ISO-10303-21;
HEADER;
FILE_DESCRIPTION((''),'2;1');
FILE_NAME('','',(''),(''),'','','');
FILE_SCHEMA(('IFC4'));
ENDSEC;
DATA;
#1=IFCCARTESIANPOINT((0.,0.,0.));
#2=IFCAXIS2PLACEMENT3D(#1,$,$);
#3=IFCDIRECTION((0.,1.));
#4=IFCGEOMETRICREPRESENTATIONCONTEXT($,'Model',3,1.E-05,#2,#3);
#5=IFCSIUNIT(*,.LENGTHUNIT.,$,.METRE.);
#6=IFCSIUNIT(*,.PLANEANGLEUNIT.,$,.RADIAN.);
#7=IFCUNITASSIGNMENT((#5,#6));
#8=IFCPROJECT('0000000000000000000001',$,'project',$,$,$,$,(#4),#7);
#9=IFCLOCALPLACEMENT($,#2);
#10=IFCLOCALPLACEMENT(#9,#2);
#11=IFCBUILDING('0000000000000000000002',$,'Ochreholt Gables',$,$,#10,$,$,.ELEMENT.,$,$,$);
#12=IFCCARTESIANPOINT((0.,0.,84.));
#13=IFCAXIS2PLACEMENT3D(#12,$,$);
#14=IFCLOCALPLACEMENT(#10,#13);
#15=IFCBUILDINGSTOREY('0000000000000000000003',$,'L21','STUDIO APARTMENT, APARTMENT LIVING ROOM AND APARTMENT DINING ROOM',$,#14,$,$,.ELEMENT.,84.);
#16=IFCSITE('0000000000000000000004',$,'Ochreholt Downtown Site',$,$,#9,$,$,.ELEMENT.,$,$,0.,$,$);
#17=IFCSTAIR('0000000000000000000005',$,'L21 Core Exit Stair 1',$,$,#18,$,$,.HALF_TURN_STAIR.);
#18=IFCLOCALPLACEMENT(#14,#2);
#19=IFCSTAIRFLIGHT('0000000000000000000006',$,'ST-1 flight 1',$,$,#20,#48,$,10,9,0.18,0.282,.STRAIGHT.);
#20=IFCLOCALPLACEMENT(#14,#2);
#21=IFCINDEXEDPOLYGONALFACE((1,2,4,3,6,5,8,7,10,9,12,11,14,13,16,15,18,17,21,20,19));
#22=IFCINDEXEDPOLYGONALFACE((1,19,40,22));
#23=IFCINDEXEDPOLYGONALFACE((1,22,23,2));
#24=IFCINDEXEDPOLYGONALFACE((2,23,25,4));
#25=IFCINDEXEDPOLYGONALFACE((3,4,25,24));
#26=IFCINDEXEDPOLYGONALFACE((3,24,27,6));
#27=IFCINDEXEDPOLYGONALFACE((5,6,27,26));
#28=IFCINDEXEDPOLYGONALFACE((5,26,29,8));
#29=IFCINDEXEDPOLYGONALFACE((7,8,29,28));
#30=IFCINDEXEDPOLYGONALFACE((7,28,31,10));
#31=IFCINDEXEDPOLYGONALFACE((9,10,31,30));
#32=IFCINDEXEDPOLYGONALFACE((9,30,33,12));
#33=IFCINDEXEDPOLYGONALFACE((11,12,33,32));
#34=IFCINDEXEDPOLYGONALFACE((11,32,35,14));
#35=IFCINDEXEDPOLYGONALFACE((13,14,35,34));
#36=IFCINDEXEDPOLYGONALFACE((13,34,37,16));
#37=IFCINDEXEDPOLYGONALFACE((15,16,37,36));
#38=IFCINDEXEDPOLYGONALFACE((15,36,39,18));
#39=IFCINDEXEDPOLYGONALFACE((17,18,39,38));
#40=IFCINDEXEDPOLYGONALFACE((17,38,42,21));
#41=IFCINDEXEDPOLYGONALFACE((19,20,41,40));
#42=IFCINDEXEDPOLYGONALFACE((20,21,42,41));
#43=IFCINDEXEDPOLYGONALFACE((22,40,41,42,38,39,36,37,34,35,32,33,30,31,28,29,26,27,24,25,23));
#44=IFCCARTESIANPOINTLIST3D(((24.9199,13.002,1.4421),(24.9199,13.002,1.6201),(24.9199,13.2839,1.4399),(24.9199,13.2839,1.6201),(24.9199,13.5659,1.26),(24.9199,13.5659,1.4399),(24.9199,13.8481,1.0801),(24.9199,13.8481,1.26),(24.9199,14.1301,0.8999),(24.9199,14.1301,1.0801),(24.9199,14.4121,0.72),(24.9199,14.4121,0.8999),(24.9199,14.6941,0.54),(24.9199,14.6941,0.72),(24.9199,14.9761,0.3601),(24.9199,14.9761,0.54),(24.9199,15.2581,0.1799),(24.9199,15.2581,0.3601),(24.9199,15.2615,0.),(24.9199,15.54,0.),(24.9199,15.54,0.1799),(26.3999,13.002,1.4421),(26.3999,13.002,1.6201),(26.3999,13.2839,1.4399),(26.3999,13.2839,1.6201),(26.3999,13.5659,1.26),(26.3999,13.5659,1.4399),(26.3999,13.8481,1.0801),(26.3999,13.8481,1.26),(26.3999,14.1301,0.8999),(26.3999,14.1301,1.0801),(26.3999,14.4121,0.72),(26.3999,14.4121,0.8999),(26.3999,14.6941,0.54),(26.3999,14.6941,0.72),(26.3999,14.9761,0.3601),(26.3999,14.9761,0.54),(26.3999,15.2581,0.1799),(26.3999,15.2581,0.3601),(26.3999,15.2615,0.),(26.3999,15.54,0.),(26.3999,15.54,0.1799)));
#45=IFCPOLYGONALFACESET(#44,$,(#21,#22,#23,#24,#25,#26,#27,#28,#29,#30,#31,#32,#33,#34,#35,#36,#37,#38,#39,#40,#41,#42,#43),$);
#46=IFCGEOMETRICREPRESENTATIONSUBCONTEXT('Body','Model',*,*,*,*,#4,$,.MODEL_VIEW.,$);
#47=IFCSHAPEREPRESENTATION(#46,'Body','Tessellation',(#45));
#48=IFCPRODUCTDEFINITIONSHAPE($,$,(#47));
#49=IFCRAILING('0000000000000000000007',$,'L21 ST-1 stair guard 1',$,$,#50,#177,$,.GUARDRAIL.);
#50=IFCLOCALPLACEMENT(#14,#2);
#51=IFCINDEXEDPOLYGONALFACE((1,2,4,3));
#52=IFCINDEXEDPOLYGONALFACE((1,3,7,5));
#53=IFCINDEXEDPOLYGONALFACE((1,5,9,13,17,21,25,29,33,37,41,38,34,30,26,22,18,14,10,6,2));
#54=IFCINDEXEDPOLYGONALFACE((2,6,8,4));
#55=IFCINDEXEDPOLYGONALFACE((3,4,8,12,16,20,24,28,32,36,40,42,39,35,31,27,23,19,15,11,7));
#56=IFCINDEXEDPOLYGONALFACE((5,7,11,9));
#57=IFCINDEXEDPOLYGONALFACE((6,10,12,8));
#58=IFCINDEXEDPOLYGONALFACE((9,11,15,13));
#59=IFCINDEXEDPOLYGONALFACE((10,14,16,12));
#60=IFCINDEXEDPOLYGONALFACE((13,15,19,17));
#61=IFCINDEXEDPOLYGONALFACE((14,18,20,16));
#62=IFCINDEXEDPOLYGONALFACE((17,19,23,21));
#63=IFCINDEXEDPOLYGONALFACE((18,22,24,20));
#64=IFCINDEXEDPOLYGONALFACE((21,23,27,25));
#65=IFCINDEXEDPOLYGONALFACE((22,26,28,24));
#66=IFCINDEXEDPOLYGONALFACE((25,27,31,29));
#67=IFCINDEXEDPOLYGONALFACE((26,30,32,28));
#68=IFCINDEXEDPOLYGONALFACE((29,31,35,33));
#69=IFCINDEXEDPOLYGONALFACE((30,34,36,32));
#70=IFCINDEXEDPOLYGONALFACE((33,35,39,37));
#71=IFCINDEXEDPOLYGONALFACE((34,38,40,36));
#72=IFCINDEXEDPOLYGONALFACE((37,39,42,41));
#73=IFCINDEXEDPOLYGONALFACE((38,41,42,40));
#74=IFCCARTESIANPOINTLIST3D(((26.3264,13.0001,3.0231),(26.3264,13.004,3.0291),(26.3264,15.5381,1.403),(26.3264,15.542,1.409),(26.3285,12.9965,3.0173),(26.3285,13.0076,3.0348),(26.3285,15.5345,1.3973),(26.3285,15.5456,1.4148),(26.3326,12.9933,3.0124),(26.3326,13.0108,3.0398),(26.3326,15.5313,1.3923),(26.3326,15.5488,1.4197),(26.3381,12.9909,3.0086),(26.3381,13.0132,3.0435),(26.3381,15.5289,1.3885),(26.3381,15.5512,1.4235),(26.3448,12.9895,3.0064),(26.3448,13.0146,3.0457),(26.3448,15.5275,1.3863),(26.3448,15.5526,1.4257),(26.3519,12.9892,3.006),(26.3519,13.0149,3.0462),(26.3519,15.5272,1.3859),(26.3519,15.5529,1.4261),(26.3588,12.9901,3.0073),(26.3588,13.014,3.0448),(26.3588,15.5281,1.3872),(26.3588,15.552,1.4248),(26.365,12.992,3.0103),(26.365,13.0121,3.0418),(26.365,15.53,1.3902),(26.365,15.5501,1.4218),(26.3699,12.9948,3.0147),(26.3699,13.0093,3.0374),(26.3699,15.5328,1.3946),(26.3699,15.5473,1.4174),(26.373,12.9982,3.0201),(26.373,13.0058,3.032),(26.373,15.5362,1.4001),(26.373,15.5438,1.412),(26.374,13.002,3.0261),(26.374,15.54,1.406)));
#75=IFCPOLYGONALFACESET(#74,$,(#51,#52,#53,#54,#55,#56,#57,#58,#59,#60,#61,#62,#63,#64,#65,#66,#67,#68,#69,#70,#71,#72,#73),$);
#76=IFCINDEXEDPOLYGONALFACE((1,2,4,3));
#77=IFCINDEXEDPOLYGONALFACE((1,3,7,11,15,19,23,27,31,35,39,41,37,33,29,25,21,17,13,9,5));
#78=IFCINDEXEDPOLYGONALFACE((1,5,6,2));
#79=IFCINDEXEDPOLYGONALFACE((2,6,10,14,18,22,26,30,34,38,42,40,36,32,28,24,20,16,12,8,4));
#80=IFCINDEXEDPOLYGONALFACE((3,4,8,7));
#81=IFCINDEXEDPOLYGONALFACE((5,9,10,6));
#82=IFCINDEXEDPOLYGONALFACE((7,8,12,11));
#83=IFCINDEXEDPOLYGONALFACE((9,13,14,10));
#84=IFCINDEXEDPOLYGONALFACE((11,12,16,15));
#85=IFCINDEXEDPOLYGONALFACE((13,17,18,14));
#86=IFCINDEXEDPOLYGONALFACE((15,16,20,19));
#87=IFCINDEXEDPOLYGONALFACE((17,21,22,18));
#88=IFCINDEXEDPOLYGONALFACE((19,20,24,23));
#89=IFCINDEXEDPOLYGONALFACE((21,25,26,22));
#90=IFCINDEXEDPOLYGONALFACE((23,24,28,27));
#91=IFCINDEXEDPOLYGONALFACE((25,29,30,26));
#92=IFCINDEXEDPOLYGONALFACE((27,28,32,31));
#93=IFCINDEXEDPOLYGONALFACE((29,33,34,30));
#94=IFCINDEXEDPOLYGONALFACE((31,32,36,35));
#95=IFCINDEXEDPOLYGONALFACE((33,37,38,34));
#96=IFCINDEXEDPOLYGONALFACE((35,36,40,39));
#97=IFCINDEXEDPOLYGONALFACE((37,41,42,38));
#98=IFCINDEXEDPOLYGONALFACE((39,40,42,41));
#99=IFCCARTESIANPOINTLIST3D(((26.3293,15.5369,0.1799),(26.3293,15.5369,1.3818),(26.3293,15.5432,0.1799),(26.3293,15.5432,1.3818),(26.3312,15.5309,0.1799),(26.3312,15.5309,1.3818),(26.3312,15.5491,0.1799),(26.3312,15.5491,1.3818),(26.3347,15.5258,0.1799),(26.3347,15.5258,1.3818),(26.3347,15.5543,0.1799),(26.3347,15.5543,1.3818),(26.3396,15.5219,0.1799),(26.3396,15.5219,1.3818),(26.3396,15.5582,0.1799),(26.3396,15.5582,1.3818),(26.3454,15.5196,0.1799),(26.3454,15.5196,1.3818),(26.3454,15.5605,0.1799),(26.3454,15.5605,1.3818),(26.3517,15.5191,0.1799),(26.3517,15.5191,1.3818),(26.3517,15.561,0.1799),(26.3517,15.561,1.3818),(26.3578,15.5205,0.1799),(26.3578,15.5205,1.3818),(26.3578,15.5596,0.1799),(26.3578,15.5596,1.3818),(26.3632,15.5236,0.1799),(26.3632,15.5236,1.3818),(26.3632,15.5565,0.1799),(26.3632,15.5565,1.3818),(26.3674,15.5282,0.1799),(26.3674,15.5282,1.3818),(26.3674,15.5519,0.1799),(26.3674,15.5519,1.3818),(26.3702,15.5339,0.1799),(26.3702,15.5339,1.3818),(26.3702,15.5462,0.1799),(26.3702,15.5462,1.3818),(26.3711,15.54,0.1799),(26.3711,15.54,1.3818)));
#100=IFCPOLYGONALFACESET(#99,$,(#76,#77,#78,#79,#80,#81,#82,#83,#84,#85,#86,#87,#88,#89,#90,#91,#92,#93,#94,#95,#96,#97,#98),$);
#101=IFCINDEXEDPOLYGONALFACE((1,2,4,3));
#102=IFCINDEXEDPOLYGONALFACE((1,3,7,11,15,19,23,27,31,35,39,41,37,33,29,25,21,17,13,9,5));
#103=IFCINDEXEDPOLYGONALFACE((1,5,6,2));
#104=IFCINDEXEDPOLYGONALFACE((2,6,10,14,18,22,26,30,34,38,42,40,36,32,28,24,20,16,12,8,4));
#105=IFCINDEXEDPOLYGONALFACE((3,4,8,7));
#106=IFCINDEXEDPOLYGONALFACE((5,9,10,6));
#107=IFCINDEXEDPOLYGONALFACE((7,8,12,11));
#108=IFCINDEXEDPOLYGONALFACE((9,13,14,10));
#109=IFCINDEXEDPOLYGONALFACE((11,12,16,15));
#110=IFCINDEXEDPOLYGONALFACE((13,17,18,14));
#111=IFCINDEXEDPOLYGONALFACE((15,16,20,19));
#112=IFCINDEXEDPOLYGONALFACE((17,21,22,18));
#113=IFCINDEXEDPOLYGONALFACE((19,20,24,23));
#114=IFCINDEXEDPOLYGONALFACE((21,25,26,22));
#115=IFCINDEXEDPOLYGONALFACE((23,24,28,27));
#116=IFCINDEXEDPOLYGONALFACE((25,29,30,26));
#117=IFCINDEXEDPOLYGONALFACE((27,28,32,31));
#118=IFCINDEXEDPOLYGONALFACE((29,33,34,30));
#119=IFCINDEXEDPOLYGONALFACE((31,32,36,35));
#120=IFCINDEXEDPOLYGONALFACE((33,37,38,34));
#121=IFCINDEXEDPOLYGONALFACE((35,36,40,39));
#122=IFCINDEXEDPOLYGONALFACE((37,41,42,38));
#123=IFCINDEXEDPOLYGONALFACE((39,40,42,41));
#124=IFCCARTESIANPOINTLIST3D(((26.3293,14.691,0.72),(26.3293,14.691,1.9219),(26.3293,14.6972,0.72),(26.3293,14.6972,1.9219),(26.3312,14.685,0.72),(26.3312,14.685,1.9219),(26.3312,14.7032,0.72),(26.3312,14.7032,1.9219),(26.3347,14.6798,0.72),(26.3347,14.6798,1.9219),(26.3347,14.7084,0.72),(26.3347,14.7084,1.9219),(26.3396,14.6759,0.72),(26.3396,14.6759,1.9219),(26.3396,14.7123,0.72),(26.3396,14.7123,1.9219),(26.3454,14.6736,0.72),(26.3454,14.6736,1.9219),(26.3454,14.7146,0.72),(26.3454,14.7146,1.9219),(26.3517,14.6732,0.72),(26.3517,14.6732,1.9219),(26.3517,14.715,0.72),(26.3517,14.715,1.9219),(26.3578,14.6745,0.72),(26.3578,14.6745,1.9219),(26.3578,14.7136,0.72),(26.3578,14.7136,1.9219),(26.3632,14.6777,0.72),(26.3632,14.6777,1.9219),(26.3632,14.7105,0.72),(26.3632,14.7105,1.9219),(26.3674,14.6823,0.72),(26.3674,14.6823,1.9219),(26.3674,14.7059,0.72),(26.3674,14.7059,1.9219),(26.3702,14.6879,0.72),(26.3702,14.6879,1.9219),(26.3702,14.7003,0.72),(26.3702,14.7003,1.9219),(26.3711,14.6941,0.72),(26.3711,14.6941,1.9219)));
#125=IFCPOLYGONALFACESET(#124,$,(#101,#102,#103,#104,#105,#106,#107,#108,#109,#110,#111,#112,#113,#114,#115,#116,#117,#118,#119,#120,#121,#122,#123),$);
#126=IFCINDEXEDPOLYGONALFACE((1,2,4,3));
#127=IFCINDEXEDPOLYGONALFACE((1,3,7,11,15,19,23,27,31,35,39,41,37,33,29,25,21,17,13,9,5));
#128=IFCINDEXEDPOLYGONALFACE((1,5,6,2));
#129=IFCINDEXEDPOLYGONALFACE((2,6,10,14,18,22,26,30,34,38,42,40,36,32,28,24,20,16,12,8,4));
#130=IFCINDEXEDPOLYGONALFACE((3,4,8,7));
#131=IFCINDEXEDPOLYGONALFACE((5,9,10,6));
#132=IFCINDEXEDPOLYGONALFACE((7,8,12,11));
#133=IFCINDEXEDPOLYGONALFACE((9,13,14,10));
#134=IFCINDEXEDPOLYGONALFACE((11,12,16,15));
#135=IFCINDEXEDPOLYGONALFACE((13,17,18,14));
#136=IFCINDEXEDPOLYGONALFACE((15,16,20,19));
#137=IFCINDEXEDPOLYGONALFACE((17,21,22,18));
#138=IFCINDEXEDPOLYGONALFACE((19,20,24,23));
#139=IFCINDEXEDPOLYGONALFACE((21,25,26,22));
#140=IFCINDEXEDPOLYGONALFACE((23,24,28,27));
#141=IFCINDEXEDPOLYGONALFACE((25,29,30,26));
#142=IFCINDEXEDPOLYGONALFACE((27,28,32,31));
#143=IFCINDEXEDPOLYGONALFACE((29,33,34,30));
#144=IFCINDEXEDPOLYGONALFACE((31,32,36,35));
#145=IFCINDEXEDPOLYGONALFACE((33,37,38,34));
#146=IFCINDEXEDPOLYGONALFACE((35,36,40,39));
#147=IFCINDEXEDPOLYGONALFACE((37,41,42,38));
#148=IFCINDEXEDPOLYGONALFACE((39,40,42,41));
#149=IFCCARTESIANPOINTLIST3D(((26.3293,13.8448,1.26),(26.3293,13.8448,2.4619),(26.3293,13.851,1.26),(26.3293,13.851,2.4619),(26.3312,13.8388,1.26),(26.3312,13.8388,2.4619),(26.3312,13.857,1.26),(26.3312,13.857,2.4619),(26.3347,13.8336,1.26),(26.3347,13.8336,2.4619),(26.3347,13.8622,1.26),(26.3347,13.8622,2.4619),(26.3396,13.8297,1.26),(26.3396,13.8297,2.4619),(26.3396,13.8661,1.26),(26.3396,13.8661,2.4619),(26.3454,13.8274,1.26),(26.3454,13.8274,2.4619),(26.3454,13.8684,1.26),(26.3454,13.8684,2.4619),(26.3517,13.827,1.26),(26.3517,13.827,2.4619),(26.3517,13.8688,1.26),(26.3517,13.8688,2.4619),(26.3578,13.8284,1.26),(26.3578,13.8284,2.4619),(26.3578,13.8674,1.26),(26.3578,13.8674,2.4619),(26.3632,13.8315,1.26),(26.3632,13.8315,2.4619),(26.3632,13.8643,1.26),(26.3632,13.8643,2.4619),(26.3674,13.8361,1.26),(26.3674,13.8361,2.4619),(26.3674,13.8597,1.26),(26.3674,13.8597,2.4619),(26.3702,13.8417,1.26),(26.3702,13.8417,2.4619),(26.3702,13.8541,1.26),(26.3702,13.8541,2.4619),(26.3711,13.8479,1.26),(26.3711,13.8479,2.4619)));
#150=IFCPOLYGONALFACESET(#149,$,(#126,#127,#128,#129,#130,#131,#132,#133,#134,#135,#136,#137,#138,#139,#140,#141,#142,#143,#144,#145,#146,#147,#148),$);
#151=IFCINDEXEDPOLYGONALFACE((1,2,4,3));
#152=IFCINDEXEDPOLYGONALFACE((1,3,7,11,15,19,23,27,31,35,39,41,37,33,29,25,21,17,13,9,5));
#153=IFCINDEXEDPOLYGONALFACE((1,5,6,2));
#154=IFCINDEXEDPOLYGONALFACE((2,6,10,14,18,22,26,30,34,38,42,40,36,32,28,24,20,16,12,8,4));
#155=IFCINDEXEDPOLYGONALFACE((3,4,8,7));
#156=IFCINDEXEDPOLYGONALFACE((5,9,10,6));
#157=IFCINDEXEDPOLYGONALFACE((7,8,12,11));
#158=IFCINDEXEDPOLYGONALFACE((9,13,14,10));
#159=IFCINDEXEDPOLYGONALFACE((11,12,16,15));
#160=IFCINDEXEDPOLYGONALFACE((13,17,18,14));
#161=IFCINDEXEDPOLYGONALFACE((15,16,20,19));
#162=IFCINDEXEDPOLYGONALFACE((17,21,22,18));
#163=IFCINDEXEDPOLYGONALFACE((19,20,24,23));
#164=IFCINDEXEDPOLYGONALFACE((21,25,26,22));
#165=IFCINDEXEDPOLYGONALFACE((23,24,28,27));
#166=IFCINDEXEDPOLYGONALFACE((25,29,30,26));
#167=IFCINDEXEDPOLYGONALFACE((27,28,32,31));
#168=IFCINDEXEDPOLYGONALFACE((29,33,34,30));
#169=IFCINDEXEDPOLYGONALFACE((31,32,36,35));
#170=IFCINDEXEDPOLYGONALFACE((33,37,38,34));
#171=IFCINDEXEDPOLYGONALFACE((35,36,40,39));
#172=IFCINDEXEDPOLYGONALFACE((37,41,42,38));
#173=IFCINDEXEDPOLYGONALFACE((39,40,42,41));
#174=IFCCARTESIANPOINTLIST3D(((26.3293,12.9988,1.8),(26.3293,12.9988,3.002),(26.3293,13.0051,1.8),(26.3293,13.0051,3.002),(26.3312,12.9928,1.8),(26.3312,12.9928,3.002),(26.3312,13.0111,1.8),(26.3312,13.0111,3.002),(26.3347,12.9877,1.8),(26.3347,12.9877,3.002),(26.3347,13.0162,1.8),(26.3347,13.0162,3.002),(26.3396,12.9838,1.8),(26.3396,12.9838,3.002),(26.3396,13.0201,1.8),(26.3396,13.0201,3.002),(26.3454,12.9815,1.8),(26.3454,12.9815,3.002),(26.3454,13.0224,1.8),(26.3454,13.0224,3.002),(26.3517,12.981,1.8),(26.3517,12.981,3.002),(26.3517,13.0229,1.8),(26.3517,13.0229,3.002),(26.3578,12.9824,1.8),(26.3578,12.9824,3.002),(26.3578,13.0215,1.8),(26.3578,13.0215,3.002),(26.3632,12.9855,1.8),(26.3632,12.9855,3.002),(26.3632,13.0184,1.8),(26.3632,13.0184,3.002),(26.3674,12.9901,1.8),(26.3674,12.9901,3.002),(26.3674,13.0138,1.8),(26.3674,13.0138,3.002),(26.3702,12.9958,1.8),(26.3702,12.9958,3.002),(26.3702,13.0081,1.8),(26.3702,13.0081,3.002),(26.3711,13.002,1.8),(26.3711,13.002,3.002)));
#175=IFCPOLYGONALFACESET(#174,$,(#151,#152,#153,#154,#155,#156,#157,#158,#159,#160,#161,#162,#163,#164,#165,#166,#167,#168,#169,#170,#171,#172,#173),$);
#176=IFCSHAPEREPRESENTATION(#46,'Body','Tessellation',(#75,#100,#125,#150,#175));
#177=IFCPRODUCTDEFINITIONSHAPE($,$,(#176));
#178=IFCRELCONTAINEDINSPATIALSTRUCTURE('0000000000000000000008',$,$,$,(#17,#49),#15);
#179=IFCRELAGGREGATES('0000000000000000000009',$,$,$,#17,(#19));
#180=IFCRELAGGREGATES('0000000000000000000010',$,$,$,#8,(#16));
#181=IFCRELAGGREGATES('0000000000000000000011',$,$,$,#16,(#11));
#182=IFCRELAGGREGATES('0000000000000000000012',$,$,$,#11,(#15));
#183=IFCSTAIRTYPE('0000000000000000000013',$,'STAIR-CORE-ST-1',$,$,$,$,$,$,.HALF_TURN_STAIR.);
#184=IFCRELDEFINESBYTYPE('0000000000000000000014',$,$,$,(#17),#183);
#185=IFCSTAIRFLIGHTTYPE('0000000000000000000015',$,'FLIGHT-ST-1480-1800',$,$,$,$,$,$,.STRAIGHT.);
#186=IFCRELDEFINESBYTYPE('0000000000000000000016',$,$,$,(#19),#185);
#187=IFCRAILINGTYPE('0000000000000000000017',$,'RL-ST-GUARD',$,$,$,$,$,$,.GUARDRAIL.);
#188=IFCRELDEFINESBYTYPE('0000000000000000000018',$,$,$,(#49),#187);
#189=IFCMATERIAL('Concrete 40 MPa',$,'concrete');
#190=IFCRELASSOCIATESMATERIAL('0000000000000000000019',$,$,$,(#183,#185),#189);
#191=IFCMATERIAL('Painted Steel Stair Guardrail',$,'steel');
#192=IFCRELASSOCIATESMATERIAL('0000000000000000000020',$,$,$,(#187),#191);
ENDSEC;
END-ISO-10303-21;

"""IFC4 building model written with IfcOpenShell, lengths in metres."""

from ifc_helpers import new_model, si_unit, direction, frame, origin, origin_2d, place, context, subcontext, project, spatial, polyline, circle, outline, extrude, material, type_object, element, aggregate, save


model = new_model("IFC4")

# Units and contexts
model_context = context("Model", 3, precision=1e-05, world=origin(), true_north=direction((0.0, 1.0)))
body_context = subcontext(model_context, "Body", "Model", "MODEL_VIEW")
ifc_project = project(units=[si_unit("LENGTHUNIT", "METRE"), si_unit("PLANEANGLEUNIT", "RADIAN")], contexts=[model_context])

# Site, building, storey
site_placement = place(None, origin())
site = spatial("IfcSite", under=ifc_project, at=site_placement, Name="Ochreholt Downtown Site", CompositionType="ELEMENT", RefElevation=0.0)
building_placement = place(site_placement, origin())
building = spatial("IfcBuilding", under=site, at=building_placement, Name="Ochreholt Gables", CompositionType="ELEMENT")
storey_placement = place(building_placement, frame((0.0, 0.0, 84.0)))
storey = spatial("IfcBuildingStorey", under=building, at=storey_placement, Name="L21", Description="STUDIO APARTMENT, APARTMENT LIVING ROOM AND APARTMENT DINING ROOM", CompositionType="ELEMENT", Elevation=84.0)

# Shared definitions
ifc_material_1 = material(Name="Concrete 40 MPa", Category="concrete")

# Stair, stair flight
stair_type = type_object("IfcStairType", Name="STAIR-CORE-ST-1", PredefinedType="HALF_TURN_STAIR", material=ifc_material_1)
stair_placement = place(storey_placement, origin())
stair = element("IfcStair", 1, at=stair_placement, inside=storey, type_object=stair_type, Name="L21 Core Exit Stair 1", PredefinedType="HALF_TURN_STAIR")
stair_flight_type = type_object("IfcStairFlightType", Name="FLIGHT-ST-1480-1800", PredefinedType="STRAIGHT", material=ifc_material_1)
stair_flight_placement = place(storey_placement, frame((25.6599, 15.54, 0.0), z_axis=(0.0, 0.0, 1.0), x_axis=(0.0, -1.0, 0.0)))
stair_flight = element("IfcStairFlight", 2, at=stair_flight_placement, type_object=stair_flight_type, Name="ST-1 flight 1", NumberOfRisers=10, NumberOfTreads=9, PredefinedType="STRAIGHT", RiserHeight=0.18, TreadLength=0.282, context=body_context, shape_type="SweptSolid", body=[
    extrude(outline(polyline([(0.0, 0.0), (0.0, 0.1799), (0.282, 0.1799), (0.282, 0.3601), (0.564, 0.3601), (0.564, 0.54), (0.8459, 0.54), (0.8459, 0.72), (1.1279, 0.72), (1.1279, 0.8999), (1.4099, 0.8999), (1.4099, 1.0801), (1.6919, 1.0801), (1.6919, 1.26), (1.9741, 1.26), (1.9741, 1.4399), (2.2561, 1.4399), (2.2561, 1.6201), (2.5381, 1.6201), (2.5381, 1.8), (2.5381, 1.4421), (0.2786, 0.0), (0.0, 0.0)])), frame((0.0, 0.74, 0.0), z_axis=(0.0, -1.0, 0.0), x_axis=(1.0, 0.0, 0.0)), (0.0, 0.0, 1.0), 1.48),
])
aggregate(stair, [stair_flight])

# Railing
ifc_material_2 = material(Name="Painted Steel Stair Guardrail", Category="steel")
railing_type_1 = type_object("IfcRailingType", Name="RL-ST-GUARD", PredefinedType="GUARDRAIL", material=ifc_material_2)
railing_1_placement = place(storey_placement, frame((26.3501, 15.54, 0.1799)))
element("IfcRailing", 3, at=railing_1_placement, inside=storey, type_object=railing_type_1, Name="L21 ST-1 stair guard 1", PredefinedType="GUARDRAIL", context=body_context, shape_type="SweptSolid", body=[
    extrude(circle(Radius=0.0239, at=origin_2d()), frame((0.0, 0.0, 1.2261), z_axis=(0.0, -0.842913, 0.53805), x_axis=(1.0, 0.0, 0.0)), (0.0, 0.0, 1.0), 3.011),
    extrude(circle(Radius=0.021, at=origin_2d()), origin(), (0.0, 0.0, 1.0), 1.2019),
    extrude(circle(Radius=0.021, at=origin_2d()), frame((0.0, -0.8459, 0.54)), (0.0, 0.0, 1.0), 1.2019),
    extrude(circle(Radius=0.021, at=origin_2d()), frame((0.0, -1.6921, 1.0801)), (0.0, 0.0, 1.0), 1.2019),
    extrude(circle(Radius=0.021, at=origin_2d()), frame((0.0, -2.5381, 1.6201)), (0.0, 0.0, 1.0), 1.2019),
])

save(model, "model.ifc")
